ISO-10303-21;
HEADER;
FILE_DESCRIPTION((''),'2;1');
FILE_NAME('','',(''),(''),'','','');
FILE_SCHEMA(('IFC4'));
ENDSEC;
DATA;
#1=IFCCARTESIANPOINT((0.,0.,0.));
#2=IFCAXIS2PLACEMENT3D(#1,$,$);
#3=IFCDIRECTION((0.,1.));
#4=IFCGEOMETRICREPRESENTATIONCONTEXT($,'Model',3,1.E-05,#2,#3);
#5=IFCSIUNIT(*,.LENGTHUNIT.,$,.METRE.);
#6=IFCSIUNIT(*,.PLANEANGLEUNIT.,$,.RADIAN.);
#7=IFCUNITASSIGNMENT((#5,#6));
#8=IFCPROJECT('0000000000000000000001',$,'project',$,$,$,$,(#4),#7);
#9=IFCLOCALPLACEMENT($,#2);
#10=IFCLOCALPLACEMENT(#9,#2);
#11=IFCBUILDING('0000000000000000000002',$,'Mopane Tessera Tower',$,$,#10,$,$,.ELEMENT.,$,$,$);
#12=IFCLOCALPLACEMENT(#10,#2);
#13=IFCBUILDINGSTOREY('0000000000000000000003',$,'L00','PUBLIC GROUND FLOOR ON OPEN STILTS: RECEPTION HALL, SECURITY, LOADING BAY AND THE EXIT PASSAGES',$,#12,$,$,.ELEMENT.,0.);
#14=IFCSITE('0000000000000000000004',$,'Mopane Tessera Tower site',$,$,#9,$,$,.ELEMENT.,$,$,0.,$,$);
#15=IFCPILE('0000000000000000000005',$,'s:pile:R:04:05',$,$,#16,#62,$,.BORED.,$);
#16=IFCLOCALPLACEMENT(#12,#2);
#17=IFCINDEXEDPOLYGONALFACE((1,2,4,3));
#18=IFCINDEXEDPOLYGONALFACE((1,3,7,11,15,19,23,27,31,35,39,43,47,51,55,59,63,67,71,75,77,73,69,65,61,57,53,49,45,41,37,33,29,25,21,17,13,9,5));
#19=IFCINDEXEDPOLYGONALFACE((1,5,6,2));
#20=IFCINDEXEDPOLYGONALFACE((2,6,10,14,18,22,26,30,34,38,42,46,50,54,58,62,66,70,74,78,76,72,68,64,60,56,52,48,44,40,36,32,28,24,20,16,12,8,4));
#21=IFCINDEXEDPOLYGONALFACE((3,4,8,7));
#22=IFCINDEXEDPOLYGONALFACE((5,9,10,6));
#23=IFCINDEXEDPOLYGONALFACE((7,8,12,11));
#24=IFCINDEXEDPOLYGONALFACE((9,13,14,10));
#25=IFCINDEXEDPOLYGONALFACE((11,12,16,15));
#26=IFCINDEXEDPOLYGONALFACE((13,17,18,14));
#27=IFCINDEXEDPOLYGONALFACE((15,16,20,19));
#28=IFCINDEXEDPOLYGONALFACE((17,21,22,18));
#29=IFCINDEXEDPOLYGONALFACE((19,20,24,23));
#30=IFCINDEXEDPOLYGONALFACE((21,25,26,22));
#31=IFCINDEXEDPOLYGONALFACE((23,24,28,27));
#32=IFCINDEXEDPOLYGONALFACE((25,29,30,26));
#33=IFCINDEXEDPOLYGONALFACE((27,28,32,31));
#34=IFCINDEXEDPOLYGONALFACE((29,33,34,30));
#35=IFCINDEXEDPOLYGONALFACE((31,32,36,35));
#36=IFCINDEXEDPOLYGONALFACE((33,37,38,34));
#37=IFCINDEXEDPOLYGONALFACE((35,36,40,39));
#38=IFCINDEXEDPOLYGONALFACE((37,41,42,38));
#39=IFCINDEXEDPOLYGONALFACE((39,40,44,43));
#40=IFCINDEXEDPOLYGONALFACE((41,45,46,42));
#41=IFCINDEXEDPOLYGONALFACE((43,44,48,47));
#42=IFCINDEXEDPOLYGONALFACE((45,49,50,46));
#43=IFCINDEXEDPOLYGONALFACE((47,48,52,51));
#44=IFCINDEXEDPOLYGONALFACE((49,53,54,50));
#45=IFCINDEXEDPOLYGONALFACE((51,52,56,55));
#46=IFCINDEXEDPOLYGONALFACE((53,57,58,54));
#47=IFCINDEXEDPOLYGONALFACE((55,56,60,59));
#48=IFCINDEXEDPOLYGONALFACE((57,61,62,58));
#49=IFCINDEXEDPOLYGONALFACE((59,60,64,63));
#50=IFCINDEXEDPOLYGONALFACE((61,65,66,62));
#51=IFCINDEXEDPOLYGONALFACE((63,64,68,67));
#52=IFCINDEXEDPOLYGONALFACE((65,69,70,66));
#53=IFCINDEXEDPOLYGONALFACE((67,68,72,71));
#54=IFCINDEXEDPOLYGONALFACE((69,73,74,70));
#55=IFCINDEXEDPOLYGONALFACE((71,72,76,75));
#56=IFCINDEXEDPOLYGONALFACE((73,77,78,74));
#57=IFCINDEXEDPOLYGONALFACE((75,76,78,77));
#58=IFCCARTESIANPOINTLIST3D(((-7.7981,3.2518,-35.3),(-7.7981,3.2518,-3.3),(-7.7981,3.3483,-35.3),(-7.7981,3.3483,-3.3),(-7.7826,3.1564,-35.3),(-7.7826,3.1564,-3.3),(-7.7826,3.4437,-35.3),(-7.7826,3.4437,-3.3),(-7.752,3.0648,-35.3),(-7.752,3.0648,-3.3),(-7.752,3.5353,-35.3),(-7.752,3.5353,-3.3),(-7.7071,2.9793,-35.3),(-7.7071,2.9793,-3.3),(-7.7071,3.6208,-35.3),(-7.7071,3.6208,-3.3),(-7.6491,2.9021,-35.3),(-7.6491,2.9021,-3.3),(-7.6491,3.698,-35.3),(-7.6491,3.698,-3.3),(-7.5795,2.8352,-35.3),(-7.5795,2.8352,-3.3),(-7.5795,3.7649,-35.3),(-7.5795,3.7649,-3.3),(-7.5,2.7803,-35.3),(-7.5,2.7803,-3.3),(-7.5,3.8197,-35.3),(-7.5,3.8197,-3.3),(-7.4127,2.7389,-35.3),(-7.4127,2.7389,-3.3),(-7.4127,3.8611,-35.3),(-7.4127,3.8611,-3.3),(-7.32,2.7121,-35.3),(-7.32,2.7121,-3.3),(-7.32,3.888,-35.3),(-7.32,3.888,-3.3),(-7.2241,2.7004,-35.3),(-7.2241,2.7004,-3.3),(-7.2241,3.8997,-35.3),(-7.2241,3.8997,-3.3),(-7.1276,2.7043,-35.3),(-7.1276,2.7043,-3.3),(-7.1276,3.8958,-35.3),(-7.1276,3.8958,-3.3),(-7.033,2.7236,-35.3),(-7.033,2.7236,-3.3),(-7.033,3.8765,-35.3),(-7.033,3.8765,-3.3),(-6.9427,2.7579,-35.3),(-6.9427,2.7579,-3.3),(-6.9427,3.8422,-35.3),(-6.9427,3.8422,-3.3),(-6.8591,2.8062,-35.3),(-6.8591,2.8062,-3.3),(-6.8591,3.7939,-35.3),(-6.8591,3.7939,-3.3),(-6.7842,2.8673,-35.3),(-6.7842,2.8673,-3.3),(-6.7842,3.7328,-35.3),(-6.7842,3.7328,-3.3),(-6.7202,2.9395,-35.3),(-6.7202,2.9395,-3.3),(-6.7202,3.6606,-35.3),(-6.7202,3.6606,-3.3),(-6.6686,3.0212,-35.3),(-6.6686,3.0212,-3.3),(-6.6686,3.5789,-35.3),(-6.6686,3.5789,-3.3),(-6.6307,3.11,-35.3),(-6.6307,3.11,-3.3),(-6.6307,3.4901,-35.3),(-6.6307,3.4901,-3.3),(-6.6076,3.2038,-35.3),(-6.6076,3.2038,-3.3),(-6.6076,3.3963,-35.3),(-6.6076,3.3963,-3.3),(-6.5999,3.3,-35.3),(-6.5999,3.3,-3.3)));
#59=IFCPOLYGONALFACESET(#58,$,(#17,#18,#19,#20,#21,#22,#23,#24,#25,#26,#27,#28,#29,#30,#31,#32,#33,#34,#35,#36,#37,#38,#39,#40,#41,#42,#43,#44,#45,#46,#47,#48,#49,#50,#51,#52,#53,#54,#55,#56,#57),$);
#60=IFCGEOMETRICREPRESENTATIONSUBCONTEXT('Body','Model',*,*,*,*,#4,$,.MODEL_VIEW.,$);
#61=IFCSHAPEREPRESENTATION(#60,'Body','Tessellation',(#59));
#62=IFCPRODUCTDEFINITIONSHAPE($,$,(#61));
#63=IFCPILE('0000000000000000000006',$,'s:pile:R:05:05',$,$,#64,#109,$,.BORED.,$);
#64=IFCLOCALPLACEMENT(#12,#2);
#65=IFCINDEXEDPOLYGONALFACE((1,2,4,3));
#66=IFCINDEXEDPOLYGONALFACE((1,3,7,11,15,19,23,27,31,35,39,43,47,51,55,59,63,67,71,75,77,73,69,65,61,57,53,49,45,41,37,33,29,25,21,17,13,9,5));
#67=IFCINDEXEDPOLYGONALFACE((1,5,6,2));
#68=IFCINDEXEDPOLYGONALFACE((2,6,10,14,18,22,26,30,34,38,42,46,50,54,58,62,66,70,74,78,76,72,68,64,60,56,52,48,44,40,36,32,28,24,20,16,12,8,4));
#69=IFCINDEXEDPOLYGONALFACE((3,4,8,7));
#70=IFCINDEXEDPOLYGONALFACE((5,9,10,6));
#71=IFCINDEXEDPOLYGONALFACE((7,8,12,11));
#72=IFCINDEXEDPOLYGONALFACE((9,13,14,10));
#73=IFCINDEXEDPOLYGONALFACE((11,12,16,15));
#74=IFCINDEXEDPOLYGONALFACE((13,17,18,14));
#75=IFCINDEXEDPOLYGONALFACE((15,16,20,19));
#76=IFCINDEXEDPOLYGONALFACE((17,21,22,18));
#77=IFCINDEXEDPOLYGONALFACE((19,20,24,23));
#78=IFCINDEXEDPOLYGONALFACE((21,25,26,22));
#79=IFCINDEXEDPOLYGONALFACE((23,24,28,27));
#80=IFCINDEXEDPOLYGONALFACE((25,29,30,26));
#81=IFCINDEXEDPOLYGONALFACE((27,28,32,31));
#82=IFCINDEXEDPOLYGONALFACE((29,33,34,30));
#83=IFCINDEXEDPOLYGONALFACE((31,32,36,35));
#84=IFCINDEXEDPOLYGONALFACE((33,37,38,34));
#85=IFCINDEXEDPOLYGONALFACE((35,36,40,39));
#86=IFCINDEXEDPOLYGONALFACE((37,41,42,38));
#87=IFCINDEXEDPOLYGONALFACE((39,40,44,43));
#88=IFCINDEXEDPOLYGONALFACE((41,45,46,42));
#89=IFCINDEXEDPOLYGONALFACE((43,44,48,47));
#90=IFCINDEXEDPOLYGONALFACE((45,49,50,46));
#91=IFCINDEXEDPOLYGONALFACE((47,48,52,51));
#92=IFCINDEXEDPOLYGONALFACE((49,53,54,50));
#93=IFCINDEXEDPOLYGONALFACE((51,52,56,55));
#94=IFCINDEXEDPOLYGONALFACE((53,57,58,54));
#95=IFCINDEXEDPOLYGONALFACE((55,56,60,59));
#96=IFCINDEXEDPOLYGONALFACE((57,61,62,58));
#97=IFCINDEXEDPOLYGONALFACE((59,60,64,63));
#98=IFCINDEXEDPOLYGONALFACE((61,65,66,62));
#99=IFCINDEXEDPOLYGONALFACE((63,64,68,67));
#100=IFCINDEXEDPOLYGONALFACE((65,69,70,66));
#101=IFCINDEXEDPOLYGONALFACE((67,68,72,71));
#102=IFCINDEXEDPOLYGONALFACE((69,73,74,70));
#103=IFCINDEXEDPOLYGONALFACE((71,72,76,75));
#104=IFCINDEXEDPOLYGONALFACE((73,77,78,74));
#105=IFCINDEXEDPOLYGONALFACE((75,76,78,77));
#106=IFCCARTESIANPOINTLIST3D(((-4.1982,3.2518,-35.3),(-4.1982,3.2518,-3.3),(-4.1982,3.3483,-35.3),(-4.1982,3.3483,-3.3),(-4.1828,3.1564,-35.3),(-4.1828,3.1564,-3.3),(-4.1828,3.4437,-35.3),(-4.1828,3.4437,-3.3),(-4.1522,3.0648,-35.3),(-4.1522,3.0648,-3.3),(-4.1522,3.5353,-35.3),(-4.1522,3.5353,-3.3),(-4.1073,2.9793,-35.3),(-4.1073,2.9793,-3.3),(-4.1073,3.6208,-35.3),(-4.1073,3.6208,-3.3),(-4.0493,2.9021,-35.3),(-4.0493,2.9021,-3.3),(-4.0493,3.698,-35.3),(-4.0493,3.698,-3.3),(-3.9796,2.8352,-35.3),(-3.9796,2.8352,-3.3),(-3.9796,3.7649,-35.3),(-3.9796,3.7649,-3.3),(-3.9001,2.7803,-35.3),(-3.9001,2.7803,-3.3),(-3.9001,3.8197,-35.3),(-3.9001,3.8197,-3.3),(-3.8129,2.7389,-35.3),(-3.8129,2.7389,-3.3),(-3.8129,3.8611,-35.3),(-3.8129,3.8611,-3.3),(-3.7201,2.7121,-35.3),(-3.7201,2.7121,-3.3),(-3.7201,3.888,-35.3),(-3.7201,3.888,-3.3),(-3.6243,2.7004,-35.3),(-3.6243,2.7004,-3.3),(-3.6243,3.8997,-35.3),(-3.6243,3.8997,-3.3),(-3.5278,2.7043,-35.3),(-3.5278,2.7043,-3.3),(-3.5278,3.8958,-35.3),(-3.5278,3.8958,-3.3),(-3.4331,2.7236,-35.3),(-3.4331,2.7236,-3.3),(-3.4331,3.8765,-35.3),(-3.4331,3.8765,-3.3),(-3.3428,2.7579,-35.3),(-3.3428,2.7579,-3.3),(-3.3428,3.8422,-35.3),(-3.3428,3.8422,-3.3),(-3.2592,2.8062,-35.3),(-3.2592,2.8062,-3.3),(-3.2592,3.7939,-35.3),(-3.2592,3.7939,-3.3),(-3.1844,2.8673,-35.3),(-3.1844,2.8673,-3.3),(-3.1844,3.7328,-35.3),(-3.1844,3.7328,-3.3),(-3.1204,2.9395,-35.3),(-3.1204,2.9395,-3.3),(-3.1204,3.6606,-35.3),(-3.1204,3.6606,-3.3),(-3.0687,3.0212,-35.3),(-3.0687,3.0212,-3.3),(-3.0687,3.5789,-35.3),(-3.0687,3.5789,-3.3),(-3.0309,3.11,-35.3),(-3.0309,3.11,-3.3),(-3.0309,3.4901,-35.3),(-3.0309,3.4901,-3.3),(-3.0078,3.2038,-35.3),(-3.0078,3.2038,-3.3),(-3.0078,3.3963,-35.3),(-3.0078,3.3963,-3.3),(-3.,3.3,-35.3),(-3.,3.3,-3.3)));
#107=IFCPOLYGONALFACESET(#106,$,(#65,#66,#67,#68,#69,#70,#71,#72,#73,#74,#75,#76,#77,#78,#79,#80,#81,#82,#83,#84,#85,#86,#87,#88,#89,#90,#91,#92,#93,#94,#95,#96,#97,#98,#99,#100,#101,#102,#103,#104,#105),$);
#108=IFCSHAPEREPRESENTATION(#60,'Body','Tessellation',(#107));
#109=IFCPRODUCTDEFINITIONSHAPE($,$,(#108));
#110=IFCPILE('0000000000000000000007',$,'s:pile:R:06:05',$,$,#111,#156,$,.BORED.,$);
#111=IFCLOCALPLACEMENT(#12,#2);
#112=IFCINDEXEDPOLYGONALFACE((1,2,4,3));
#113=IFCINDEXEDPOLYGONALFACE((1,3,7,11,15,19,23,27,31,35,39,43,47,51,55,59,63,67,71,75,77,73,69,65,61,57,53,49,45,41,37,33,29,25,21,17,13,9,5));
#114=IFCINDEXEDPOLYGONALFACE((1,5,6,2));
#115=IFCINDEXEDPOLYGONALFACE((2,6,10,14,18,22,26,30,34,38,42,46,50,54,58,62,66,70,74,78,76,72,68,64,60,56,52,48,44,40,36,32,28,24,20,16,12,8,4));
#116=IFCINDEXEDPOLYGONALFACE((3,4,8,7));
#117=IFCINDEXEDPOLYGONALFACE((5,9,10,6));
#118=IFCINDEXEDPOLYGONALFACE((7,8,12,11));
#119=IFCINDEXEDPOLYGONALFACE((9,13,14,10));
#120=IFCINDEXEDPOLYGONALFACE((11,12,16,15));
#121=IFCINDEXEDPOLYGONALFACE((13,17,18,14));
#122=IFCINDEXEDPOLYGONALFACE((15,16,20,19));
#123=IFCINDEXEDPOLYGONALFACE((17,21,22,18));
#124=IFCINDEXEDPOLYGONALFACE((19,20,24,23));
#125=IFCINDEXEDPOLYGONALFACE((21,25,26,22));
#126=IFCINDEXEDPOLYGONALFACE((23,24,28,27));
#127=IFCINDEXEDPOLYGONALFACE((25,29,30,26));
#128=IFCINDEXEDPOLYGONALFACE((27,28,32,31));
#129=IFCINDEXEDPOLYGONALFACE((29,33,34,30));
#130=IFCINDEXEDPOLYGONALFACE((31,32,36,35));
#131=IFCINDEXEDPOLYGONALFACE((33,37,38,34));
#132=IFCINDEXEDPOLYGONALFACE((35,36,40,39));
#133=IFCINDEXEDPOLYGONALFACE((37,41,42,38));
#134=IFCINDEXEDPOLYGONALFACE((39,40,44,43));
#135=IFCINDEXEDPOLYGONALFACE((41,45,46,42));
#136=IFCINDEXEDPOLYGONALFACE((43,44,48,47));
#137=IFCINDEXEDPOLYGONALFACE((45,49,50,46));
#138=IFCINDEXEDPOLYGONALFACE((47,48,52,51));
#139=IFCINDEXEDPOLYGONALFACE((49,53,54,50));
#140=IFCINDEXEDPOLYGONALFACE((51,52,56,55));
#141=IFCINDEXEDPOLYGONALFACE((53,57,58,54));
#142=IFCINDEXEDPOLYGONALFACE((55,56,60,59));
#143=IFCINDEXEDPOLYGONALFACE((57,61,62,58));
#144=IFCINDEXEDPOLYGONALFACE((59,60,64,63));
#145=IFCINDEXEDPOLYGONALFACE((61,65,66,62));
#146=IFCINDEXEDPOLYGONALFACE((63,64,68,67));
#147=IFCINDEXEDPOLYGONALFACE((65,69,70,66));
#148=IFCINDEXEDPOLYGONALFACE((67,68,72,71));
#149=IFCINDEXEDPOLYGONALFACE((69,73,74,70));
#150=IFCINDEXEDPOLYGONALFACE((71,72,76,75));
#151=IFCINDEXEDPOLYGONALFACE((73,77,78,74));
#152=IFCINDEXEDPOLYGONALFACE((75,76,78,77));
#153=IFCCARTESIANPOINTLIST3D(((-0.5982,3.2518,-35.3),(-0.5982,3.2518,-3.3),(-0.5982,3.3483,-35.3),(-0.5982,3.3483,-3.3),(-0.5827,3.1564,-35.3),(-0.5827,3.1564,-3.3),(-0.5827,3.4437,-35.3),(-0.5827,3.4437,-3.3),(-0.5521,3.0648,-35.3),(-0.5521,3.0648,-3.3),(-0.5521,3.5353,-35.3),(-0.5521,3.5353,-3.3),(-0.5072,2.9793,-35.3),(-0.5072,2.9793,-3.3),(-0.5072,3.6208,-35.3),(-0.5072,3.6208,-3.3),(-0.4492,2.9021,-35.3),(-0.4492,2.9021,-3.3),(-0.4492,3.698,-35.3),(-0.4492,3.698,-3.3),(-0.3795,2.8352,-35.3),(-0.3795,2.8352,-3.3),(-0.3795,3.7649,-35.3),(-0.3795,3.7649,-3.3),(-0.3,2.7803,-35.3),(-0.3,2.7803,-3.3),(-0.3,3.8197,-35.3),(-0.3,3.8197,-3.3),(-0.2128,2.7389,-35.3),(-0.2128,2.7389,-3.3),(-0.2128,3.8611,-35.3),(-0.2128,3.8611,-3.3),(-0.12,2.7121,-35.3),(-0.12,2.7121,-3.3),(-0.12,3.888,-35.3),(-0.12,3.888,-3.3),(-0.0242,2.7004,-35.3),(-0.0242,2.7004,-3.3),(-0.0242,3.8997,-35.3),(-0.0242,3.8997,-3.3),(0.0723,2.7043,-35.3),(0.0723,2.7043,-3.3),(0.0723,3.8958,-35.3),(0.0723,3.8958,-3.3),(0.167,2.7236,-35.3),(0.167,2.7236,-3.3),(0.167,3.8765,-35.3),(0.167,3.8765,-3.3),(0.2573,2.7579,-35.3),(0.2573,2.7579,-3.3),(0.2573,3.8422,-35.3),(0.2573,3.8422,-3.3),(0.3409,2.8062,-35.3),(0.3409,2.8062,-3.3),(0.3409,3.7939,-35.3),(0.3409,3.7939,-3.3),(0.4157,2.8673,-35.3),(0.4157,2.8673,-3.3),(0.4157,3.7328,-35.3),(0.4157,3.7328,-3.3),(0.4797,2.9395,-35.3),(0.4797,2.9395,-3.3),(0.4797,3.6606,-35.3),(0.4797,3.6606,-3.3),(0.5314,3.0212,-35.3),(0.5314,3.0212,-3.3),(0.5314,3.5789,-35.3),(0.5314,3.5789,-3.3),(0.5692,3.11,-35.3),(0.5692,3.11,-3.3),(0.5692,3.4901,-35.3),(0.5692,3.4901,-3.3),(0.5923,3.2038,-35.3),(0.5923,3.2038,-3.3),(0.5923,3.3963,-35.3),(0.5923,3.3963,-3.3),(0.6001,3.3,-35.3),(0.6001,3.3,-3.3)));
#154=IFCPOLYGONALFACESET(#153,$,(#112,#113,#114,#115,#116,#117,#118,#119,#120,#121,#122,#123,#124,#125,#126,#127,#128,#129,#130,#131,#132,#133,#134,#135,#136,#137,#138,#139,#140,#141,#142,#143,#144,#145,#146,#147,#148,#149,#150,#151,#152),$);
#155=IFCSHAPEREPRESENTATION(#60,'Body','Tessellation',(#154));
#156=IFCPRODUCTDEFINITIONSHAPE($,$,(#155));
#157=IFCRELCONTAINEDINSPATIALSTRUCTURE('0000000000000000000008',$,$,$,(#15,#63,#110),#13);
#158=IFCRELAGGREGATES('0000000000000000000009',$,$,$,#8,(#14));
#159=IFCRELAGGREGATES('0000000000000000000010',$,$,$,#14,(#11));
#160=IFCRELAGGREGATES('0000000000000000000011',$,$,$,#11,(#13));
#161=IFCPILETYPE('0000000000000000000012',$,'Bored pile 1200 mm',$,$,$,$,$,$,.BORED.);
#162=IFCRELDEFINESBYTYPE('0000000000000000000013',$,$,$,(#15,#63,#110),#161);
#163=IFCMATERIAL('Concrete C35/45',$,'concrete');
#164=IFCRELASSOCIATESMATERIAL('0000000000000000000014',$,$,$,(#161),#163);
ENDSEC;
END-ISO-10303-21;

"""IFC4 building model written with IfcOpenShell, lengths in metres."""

from ifc_helpers import new_model, si_unit, direction, frame, origin, origin_2d, place, context, subcontext, project, spatial, circle, extrude, material, material_profile, profile_set, type_object, element, save


model = new_model("IFC4")

# Units and contexts
model_context = context("Model", 3, precision=1e-05, world=origin(), true_north=direction((0.0, 1.0)))
body_context = subcontext(model_context, "Body", "Model", "MODEL_VIEW")
ifc_project = project(units=[si_unit("LENGTHUNIT", "METRE"), si_unit("PLANEANGLEUNIT", "RADIAN")], contexts=[model_context])

# Site, building, storey
site_placement = place(None, origin())
site = spatial("IfcSite", under=ifc_project, at=site_placement, Name="Mopane Tessera Tower site", CompositionType="ELEMENT", RefElevation=0.0)
building_placement = place(site_placement, origin())
building = spatial("IfcBuilding", under=site, at=building_placement, Name="Mopane Tessera Tower", CompositionType="ELEMENT")
storey_placement = place(building_placement, origin())
storey = spatial("IfcBuildingStorey", under=building, at=storey_placement, Name="L00", Description="PUBLIC GROUND FLOOR ON OPEN STILTS: RECEPTION HALL, SECURITY, LOADING BAY AND THE EXIT PASSAGES", CompositionType="ELEMENT", Elevation=0.0)

# Piles
ifc_material_1 = material(Name="Concrete C35/45", Category="concrete")
ifc_material_profile = material_profile(ifc_material_1, circle(Radius=0.6001, at=origin_2d()))
ifc_profile_set = profile_set([ifc_material_profile], Name="Concrete C35/45")
pile_type = type_object("IfcPileType", Name="Bored pile 1200 mm", PredefinedType="BORED", material=ifc_profile_set)
for number, where, z_axis, x_axis, name in (
    (1, (-7.2, 3.3, -3.3), (0.0, 0.0, -1.0), (1.0, 0.0, 0.0), "s:pile:R:04:05"),
    (2, (-3.6001, 3.3, -3.3), (0.0, 0.0, -1.0), (1.0, 0.0, 0.0), "s:pile:R:05:05"),
    (3, (0.0, 3.3, -3.3), (0.0, 0.0, -1.0), (1.0, 0.0, 0.0), "s:pile:R:06:05"),
):
    element("IfcPile", number, at=place(storey_placement, frame(where, z_axis=z_axis, x_axis=x_axis)), inside=storey, type_object=pile_type, Name=name, PredefinedType="BORED", context=body_context, shape_type="SweptSolid", body=[
        extrude(circle(Radius=0.6001, at=origin_2d()), origin(), (0.0, 0.0, 1.0), 32.0),
    ])

save(model, "model.ifc")
